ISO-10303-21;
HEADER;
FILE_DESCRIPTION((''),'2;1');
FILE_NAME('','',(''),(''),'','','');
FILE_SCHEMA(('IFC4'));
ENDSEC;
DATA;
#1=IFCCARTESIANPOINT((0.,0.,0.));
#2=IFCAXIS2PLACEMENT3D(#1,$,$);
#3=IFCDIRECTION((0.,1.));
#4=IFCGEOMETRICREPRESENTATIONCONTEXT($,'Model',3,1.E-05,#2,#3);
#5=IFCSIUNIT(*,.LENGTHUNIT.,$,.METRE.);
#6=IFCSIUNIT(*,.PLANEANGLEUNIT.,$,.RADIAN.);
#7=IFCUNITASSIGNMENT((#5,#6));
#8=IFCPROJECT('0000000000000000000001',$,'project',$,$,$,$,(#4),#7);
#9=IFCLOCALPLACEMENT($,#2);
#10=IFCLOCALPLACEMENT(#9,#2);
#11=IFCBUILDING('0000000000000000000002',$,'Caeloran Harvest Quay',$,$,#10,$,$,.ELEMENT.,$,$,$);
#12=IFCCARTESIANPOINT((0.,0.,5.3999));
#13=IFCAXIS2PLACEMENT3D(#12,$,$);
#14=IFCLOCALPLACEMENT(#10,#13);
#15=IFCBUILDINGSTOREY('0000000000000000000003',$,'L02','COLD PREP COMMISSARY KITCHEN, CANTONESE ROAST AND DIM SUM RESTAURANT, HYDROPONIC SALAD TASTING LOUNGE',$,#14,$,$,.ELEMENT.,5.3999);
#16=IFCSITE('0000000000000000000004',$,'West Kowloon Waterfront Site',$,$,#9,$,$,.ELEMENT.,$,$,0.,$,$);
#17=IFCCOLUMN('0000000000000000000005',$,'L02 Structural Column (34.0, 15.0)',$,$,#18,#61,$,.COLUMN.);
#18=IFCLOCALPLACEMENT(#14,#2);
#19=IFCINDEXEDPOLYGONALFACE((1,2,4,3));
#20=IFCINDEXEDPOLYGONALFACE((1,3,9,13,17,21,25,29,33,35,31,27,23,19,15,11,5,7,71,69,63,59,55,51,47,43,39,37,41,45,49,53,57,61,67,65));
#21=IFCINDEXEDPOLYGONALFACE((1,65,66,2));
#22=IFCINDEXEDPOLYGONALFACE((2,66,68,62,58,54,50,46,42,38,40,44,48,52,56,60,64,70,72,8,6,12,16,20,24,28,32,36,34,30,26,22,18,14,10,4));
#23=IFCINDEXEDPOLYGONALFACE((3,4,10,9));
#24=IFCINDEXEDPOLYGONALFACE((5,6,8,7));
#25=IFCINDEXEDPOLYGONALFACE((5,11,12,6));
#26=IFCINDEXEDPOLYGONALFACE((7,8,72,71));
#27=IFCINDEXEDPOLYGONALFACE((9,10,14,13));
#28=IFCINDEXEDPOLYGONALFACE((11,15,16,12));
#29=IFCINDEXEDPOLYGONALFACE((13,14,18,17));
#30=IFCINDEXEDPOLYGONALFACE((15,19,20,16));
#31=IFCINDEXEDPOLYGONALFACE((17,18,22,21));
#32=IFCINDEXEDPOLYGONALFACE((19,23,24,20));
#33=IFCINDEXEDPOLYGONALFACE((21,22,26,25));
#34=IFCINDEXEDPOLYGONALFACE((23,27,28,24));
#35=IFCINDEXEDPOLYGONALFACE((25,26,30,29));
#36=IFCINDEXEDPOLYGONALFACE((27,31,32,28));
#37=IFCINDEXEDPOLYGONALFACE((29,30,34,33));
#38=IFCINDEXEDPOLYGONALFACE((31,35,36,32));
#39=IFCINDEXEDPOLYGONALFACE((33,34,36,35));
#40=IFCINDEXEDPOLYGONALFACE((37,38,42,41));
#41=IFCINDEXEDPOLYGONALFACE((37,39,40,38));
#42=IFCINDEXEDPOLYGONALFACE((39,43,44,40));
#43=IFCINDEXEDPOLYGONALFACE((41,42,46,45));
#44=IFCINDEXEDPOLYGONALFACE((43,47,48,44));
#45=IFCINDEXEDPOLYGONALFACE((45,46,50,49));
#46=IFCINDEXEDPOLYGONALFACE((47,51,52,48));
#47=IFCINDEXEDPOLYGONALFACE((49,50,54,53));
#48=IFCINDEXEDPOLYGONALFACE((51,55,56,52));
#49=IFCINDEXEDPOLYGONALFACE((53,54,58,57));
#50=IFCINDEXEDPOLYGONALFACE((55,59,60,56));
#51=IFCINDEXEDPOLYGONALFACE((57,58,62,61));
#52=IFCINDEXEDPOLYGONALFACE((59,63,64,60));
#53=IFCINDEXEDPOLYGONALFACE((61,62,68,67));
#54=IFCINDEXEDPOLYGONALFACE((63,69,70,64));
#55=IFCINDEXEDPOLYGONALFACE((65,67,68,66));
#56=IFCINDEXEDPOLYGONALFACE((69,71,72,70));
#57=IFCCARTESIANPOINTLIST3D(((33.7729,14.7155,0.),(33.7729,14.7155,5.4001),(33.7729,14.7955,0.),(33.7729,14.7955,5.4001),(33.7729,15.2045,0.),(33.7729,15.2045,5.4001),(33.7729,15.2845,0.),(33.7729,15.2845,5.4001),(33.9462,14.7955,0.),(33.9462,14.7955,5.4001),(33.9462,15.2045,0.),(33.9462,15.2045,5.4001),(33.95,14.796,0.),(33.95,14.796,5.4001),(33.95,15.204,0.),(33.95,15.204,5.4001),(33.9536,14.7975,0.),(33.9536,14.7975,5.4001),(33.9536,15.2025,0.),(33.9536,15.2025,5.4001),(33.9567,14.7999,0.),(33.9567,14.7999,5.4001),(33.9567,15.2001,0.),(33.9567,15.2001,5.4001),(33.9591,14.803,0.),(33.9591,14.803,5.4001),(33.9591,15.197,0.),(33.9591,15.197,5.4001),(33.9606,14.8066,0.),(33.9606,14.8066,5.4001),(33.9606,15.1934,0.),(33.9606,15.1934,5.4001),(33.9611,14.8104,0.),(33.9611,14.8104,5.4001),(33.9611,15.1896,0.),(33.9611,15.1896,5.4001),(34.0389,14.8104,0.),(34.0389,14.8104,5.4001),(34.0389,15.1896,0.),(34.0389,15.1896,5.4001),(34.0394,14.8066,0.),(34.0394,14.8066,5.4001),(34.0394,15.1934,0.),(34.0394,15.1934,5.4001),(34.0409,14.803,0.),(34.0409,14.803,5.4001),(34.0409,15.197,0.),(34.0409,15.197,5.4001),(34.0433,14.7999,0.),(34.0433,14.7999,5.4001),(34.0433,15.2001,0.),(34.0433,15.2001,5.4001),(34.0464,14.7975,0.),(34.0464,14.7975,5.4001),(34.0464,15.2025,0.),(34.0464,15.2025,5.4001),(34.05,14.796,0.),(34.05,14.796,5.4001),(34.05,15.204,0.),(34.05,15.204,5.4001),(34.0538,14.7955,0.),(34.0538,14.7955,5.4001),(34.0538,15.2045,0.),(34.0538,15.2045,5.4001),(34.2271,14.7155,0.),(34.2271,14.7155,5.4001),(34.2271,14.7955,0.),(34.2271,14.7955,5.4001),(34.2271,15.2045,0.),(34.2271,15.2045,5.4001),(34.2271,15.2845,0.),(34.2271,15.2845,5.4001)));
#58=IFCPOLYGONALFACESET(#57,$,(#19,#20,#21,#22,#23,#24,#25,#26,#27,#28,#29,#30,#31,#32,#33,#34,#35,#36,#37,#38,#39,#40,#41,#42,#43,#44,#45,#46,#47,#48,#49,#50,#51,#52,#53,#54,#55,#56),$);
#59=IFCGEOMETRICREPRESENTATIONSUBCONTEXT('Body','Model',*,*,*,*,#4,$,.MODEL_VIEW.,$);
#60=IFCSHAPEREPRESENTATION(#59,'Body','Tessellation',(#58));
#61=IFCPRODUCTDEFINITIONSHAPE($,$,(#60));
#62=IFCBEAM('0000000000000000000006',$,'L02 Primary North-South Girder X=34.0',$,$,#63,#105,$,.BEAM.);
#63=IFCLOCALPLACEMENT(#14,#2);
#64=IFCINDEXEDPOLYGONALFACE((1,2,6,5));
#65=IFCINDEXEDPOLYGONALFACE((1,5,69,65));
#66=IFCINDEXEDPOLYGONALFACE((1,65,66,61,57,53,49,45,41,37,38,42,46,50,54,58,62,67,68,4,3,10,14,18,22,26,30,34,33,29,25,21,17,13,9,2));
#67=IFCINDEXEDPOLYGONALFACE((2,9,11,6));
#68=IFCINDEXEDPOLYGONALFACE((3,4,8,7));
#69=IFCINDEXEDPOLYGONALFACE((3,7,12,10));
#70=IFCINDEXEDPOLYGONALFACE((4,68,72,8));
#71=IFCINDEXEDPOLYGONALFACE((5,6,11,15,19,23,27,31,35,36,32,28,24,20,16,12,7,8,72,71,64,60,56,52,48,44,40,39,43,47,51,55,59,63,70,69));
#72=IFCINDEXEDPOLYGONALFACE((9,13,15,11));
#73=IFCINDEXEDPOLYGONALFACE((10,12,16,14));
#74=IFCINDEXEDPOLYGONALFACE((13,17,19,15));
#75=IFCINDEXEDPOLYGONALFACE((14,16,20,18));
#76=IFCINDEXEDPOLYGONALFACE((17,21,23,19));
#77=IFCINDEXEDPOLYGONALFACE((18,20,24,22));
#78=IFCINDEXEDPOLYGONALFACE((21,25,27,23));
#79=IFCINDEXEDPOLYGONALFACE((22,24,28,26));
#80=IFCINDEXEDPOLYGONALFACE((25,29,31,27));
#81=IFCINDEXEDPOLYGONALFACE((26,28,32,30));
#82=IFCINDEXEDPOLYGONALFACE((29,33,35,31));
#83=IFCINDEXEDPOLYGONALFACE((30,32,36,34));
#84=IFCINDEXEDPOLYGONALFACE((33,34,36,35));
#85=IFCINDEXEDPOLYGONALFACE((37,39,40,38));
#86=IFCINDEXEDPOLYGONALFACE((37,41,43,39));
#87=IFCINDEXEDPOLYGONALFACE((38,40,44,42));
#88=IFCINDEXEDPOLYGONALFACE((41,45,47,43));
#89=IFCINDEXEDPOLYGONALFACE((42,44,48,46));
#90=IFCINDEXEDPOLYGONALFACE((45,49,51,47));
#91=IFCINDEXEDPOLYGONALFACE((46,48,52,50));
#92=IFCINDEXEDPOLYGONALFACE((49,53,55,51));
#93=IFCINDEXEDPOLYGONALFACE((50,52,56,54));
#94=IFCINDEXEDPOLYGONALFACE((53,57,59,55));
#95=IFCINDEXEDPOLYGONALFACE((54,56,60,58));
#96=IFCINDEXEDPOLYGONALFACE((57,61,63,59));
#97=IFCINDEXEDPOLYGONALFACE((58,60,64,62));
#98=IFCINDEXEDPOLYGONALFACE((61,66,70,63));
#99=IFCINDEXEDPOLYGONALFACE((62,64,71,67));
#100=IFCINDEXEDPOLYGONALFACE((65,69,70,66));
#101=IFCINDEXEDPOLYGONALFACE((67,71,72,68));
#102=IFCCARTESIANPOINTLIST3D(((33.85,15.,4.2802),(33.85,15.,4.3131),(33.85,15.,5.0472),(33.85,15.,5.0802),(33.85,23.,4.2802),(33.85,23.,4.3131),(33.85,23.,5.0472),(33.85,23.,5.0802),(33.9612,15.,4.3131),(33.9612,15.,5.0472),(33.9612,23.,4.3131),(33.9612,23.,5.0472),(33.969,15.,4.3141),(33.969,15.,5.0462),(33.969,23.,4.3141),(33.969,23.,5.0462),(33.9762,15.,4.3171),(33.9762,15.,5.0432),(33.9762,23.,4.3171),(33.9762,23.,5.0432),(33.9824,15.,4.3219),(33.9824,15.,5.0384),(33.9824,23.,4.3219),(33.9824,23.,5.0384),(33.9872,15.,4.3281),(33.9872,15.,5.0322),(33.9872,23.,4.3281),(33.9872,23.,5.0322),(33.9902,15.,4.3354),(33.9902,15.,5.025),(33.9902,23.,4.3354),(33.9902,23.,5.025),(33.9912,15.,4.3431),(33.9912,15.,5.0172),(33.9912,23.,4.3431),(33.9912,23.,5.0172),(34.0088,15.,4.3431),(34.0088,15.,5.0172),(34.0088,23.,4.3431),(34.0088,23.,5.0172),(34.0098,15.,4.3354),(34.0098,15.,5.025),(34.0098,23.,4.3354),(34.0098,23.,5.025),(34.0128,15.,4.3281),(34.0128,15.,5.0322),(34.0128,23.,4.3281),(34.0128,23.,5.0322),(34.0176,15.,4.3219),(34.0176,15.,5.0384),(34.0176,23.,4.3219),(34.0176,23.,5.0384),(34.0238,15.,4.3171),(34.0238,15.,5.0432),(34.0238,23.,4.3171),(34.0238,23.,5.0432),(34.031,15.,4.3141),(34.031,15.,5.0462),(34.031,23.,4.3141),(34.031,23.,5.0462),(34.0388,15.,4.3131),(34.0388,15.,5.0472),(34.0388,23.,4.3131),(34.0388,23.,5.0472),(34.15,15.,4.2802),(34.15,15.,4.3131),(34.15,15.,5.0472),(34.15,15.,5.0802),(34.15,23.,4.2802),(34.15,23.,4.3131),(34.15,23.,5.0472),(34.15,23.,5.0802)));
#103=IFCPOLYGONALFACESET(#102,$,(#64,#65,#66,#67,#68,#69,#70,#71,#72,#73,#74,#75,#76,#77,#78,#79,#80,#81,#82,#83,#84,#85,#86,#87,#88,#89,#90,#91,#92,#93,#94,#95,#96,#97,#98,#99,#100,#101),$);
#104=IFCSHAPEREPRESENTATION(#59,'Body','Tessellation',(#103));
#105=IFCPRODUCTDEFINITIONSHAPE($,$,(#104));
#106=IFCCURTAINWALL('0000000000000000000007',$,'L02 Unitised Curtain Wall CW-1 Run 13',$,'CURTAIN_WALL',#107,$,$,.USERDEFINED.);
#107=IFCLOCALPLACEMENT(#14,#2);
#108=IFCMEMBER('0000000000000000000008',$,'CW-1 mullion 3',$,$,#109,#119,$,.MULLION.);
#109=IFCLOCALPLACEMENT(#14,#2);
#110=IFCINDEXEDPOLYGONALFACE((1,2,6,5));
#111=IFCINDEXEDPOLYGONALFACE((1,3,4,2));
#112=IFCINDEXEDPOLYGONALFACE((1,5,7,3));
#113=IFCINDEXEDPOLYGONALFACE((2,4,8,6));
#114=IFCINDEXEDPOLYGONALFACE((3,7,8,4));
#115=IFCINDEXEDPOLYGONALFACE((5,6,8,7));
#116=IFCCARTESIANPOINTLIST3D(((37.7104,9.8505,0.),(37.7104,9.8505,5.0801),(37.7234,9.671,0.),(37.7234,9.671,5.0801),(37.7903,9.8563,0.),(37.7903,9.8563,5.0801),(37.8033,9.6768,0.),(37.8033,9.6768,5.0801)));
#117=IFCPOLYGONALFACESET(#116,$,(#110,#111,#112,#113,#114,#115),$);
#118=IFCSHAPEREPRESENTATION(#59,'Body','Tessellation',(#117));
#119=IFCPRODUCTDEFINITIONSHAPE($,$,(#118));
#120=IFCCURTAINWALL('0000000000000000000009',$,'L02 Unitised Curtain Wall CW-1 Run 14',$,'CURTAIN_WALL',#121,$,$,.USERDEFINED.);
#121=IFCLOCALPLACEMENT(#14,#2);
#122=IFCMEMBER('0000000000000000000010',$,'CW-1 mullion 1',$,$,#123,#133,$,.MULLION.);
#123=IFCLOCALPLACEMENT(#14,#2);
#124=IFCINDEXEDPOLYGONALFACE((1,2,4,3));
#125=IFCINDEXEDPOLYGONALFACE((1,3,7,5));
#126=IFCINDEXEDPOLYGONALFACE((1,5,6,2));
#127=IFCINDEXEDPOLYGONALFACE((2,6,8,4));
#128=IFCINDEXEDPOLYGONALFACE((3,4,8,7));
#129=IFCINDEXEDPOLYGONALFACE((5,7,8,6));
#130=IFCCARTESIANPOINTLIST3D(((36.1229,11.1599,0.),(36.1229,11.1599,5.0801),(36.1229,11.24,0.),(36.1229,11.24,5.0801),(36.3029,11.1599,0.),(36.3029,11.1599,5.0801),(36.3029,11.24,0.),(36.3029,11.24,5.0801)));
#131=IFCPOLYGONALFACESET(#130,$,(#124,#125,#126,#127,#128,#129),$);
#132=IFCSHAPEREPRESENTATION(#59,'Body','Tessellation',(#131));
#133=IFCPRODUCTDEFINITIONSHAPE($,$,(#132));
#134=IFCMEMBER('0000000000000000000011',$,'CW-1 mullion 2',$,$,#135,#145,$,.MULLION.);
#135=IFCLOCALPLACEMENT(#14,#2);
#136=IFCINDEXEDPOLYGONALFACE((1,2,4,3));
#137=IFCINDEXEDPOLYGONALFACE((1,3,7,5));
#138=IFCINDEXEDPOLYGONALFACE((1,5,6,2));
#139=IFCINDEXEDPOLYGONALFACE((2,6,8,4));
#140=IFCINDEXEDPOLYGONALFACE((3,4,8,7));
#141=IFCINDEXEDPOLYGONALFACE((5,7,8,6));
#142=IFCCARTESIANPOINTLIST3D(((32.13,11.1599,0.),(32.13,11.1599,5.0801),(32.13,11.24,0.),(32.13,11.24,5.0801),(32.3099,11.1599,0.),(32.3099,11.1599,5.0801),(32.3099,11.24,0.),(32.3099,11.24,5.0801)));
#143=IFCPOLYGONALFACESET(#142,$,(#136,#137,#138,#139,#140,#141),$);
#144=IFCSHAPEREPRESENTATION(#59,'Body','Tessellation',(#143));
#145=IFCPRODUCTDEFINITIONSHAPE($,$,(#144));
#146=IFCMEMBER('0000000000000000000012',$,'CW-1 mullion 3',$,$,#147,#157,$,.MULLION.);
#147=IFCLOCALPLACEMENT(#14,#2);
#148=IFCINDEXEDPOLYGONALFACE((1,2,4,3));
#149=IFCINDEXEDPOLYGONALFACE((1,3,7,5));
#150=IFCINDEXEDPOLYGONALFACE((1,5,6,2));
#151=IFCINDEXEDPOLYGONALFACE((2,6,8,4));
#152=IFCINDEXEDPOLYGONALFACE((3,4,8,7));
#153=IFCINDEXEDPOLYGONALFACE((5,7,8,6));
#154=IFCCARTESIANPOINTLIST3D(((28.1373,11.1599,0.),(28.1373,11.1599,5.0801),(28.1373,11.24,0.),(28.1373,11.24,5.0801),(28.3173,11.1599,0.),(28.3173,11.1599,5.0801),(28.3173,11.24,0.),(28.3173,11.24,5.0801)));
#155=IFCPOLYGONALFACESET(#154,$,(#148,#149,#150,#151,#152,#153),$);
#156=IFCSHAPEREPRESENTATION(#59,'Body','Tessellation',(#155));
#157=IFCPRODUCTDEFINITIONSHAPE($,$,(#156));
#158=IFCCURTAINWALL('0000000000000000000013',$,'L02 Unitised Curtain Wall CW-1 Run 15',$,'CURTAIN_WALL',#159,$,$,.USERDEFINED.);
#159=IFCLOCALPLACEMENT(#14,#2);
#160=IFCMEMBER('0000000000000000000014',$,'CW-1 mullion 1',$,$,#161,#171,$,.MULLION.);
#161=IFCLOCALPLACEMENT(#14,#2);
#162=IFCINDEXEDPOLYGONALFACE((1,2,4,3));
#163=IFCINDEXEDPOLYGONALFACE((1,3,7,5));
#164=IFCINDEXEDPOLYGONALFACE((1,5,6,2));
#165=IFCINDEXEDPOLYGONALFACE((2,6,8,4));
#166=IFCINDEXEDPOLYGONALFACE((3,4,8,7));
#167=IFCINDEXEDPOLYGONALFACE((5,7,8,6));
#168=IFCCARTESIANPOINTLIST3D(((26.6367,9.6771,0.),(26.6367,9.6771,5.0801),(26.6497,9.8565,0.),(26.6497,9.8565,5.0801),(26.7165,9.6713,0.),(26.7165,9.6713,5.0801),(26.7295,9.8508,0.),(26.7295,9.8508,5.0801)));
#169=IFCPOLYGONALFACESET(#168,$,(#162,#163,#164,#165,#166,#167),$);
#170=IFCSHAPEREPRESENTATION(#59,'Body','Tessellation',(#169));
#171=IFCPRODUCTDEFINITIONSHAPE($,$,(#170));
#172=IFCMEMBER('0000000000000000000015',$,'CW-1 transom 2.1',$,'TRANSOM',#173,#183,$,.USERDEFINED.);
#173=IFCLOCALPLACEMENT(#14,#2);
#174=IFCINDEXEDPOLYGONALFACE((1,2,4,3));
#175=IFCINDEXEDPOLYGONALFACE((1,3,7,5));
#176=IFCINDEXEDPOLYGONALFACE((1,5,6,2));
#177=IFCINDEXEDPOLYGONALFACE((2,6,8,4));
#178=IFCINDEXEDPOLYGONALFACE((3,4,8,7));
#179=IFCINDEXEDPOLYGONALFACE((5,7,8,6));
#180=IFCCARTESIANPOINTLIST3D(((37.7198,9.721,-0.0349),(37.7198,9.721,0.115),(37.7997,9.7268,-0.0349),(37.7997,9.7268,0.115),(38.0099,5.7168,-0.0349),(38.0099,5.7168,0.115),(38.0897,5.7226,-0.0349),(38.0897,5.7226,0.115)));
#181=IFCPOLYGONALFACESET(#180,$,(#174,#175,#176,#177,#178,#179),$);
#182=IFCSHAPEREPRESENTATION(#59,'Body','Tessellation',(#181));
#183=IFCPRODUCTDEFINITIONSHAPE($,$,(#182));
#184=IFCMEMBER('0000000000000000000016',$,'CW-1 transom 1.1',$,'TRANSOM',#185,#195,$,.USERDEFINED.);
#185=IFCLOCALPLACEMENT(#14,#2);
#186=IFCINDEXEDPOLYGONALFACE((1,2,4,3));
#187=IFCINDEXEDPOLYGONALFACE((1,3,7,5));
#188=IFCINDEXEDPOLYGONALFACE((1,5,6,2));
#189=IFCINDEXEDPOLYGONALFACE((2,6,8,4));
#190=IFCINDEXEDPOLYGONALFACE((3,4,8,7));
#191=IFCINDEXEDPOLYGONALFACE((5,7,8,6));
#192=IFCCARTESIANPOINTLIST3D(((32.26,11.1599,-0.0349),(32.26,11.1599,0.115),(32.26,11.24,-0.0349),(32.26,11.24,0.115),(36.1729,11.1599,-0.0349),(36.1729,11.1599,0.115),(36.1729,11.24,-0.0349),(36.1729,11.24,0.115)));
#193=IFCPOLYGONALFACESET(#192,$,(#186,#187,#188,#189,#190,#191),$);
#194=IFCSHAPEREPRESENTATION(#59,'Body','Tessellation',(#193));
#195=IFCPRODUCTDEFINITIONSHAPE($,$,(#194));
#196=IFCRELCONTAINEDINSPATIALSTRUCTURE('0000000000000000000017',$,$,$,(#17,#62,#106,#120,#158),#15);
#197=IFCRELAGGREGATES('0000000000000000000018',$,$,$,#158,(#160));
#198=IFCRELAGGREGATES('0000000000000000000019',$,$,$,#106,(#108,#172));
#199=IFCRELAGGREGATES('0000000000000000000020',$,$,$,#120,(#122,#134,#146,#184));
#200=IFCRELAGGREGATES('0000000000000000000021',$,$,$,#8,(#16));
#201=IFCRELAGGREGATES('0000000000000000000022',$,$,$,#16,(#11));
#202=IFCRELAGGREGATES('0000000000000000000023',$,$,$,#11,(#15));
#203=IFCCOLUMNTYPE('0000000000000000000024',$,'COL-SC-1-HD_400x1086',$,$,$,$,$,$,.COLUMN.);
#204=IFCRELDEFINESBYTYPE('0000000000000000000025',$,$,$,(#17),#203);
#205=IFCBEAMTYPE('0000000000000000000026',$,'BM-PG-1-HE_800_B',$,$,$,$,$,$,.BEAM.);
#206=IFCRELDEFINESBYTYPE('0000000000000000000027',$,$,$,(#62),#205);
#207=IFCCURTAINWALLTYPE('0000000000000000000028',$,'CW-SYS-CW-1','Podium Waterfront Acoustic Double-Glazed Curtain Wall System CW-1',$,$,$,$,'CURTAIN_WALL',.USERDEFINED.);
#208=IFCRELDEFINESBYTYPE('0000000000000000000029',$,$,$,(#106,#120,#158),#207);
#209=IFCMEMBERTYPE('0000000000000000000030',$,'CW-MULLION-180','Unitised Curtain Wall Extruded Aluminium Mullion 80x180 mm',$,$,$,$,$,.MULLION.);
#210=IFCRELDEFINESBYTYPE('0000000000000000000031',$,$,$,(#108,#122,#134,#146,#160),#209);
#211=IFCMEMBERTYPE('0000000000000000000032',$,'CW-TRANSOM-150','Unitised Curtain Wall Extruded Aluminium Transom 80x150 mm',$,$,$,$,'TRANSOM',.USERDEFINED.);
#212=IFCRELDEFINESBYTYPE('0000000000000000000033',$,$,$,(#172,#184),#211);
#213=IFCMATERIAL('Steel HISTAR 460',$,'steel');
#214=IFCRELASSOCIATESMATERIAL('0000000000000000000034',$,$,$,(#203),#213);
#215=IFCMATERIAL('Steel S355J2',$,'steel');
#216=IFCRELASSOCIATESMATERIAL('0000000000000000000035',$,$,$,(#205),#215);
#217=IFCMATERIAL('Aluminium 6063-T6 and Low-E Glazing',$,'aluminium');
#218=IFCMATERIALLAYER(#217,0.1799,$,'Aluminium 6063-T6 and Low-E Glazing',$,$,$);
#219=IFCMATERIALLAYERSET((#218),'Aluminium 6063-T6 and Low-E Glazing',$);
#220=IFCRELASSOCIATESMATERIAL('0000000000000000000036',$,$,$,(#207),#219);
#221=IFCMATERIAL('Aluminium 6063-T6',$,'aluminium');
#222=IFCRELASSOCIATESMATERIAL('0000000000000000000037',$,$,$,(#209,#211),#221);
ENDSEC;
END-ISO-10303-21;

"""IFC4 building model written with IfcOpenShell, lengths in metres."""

from ifc_helpers import new_model, si_unit, direction, frame, origin, origin_2d, place, context, subcontext, project, spatial, rectangle, i_section, extrude, material, layer, layer_set, material_profile, profile_set, type_object, element, aggregate, save


model = new_model("IFC4")

# Units and contexts
model_context = context("Model", 3, precision=1e-05, world=origin(), true_north=direction((0.0, 1.0)))
body_context = subcontext(model_context, "Body", "Model", "MODEL_VIEW")
ifc_project = project(units=[si_unit("LENGTHUNIT", "METRE"), si_unit("PLANEANGLEUNIT", "RADIAN")], contexts=[model_context])

# Site, building, storey
site_placement = place(None, origin())
site = spatial("IfcSite", under=ifc_project, at=site_placement, Name="West Kowloon Waterfront Site", CompositionType="ELEMENT", RefElevation=0.0)
building_placement = place(site_placement, origin())
building = spatial("IfcBuilding", under=site, at=building_placement, Name="Caeloran Harvest Quay", CompositionType="ELEMENT")
storey_placement = place(building_placement, frame((0.0, 0.0, 5.3999)))
storey = spatial("IfcBuildingStorey", under=building, at=storey_placement, Name="L02", Description="COLD PREP COMMISSARY KITCHEN, CANTONESE ROAST AND DIM SUM RESTAURANT, HYDROPONIC SALAD TASTING LOUNGE", CompositionType="ELEMENT", Elevation=5.3999)

# Column
ifc_material_1 = material(Name="Steel HISTAR 460", Category="steel")
ifc_material_profile_1 = material_profile(ifc_material_1, i_section(OverallWidth=0.4541, OverallDepth=0.5691, WebThickness=0.0779, FlangeThickness=0.0801, FilletRadius=0.0149, at=origin_2d()), Name="HD 400x1086")
ifc_profile_set_1 = profile_set([ifc_material_profile_1], Name="Steel HISTAR 460")
column_type = type_object("IfcColumnType", Name="COL-SC-1-HD_400x1086", PredefinedType="COLUMN", material=ifc_profile_set_1)
column_placement = place(storey_placement, frame((34.0, 15.0, 0.0), z_axis=(0.0, 0.0, 1.0), x_axis=(1.0, 0.0, 0.0)))
element("IfcColumn", 1, at=column_placement, inside=storey, type_object=column_type, Name="L02 Structural Column (34.0, 15.0)", PredefinedType="COLUMN", context=body_context, shape_type="SweptSolid", body=[
    extrude(i_section(OverallWidth=0.4541, OverallDepth=0.5691, WebThickness=0.0779, FlangeThickness=0.0801, FilletRadius=0.0149, at=origin_2d()), origin(), (0.0, 0.0, 1.0), 5.4001),
])

# Beam
ifc_material_2 = material(Name="Steel S355J2", Category="steel")
ifc_material_profile_2 = material_profile(ifc_material_2, i_section(OverallWidth=0.3, OverallDepth=0.8, WebThickness=0.0176, FlangeThickness=0.033, FilletRadius=0.03, at=origin_2d()), Name="HE 800 B")
ifc_profile_set_2 = profile_set([ifc_material_profile_2], Name="Steel S355J2")
beam_type = type_object("IfcBeamType", Name="BM-PG-1-HE_800_B", PredefinedType="BEAM", material=ifc_profile_set_2)
beam_placement = place(storey_placement, frame((34.0, 15.0, 4.6802), z_axis=(0.0, 1.0, 0.0), x_axis=(-1.0, 0.0, 0.0)))
element("IfcBeam", 2, at=beam_placement, inside=storey, type_object=beam_type, Name="L02 Primary North-South Girder X=34.0", PredefinedType="BEAM", context=body_context, shape_type="SweptSolid", body=[
    extrude(i_section(OverallWidth=0.3, OverallDepth=0.8, WebThickness=0.0176, FlangeThickness=0.033, FilletRadius=0.03, at=origin_2d()), origin(), (0.0, 0.0, 1.0), 8.0),
])

# Curtain wall, member
ifc_material_3 = material(Name="Aluminium 6063-T6 and Low-E Glazing", Category="aluminium")
ifc_layer_1 = layer(ifc_material_3, 0.1799, Name="Aluminium 6063-T6 and Low-E Glazing")
ifc_layer_set_1 = layer_set([ifc_layer_1], Name="Aluminium 6063-T6 and Low-E Glazing")
curtain_wall_type = type_object("IfcCurtainWallType", Name="CW-SYS-CW-1", Description="Podium Waterfront Acoustic Double-Glazed Curtain Wall System CW-1", ElementType="CURTAIN_WALL", PredefinedType="USERDEFINED", material=ifc_layer_set_1)
curtain_wall_1_placement = place(storey_placement, origin())
curtain_wall_1 = element("IfcCurtainWall", 3, at=curtain_wall_1_placement, inside=storey, type_object=curtain_wall_type, Name="L02 Unitised Curtain Wall CW-1 Run 13", ObjectType="CURTAIN_WALL", PredefinedType="USERDEFINED")
ifc_material_4 = material(Name="Aluminium 6063-T6", Category="aluminium")
ifc_material_profile_3 = material_profile(ifc_material_4, rectangle(XDim=0.0801, YDim=0.1799, at=origin_2d()), Name="CW-MULLION-180")
ifc_profile_set_3 = profile_set([ifc_material_profile_3], Name="Aluminium 6063-T6")
member_type_1 = type_object("IfcMemberType", Name="CW-MULLION-180", Description="Unitised Curtain Wall Extruded Aluminium Mullion 80x180 mm", PredefinedType="MULLION", material=ifc_profile_set_3)
member_1_placement = place(storey_placement, frame((37.7568, 9.7637, 0.0), z_axis=(0.0, 0.0, 1.0), x_axis=(-0.997385, -0.072271, 0.0)))
member_1 = element("IfcMember", 4, at=member_1_placement, type_object=member_type_1, Name="CW-1 mullion 3", PredefinedType="MULLION", context=body_context, shape_type="SweptSolid", body=[
    extrude(rectangle(XDim=0.0801, YDim=0.1799, at=origin_2d()), origin(), (0.0, 0.0, 1.0), 5.0801),
])

# Curtain wall, members
curtain_wall_2_placement = place(storey_placement, origin())
curtain_wall_2 = element("IfcCurtainWall", 5, at=curtain_wall_2_placement, inside=storey, type_object=curtain_wall_type, Name="L02 Unitised Curtain Wall CW-1 Run 14", ObjectType="CURTAIN_WALL", PredefinedType="USERDEFINED")
member_2_placement = place(storey_placement, frame((36.2129, 11.2, 0.0), z_axis=(0.0, 0.0, 1.0), x_axis=(0.0, -1.0, 0.0)))
member_2 = element("IfcMember", 6, at=member_2_placement, type_object=member_type_1, Name="CW-1 mullion 1", PredefinedType="MULLION", context=body_context, shape_type="SweptSolid", body=[
    extrude(rectangle(XDim=0.0801, YDim=0.1799, at=origin_2d()), origin(), (0.0, 0.0, 1.0), 5.0801),
])
member_3_placement = place(storey_placement, frame((32.22, 11.2, 0.0), z_axis=(0.0, 0.0, 1.0), x_axis=(0.0, -1.0, 0.0)))
member_3 = element("IfcMember", 7, at=member_3_placement, type_object=member_type_1, Name="CW-1 mullion 2", PredefinedType="MULLION", context=body_context, shape_type="SweptSolid", body=[
    extrude(rectangle(XDim=0.0801, YDim=0.1799, at=origin_2d()), origin(), (0.0, 0.0, 1.0), 5.0801),
])
member_4_placement = place(storey_placement, frame((28.2273, 11.2, 0.0), z_axis=(0.0, 0.0, 1.0), x_axis=(0.0, -1.0, 0.0)))
member_4 = element("IfcMember", 8, at=member_4_placement, type_object=member_type_1, Name="CW-1 mullion 3", PredefinedType="MULLION", context=body_context, shape_type="SweptSolid", body=[
    extrude(rectangle(XDim=0.0801, YDim=0.1799, at=origin_2d()), origin(), (0.0, 0.0, 1.0), 5.0801),
])

# Curtain wall, member
curtain_wall_3_placement = place(storey_placement, origin())
curtain_wall_3 = element("IfcCurtainWall", 9, at=curtain_wall_3_placement, inside=storey, type_object=curtain_wall_type, Name="L02 Unitised Curtain Wall CW-1 Run 15", ObjectType="CURTAIN_WALL", PredefinedType="USERDEFINED")
member_5_placement = place(storey_placement, frame((26.6831, 9.7639, 0.0), z_axis=(0.0, 0.0, 1.0), x_axis=(0.997385, -0.072271, 0.0)))
member_5 = element("IfcMember", 10, at=member_5_placement, type_object=member_type_1, Name="CW-1 mullion 1", PredefinedType="MULLION", context=body_context, shape_type="SweptSolid", body=[
    extrude(rectangle(XDim=0.0801, YDim=0.1799, at=origin_2d()), origin(), (0.0, 0.0, 1.0), 5.0801),
])

# Members
ifc_material_profile_4 = material_profile(ifc_material_4, rectangle(XDim=0.0801, YDim=0.1499, at=origin_2d()), Name="CW-TRANSOM-150")
ifc_profile_set_4 = profile_set([ifc_material_profile_4], Name="Aluminium 6063-T6")
member_type_2 = type_object("IfcMemberType", Name="CW-TRANSOM-150", Description="Unitised Curtain Wall Extruded Aluminium Transom 80x150 mm", ElementType="TRANSOM", PredefinedType="USERDEFINED", material=ifc_profile_set_4)
member_6_placement = place(storey_placement, frame((38.0498, 5.7197, 0.04), z_axis=(-0.072245, 0.997387, 0.0), x_axis=(-0.997387, -0.072245, 0.0)))
member_6 = element("IfcMember", 11, at=member_6_placement, type_object=member_type_2, Name="CW-1 transom 2.1", ObjectType="TRANSOM", PredefinedType="USERDEFINED", context=body_context, shape_type="SweptSolid", body=[
    extrude(rectangle(XDim=0.0801, YDim=0.1499, at=origin_2d()), origin(), (0.0, 0.0, 1.0), 4.0146),
])
member_7_placement = place(storey_placement, frame((36.1729, 11.2, 0.04), z_axis=(-1.0, 0.0, 0.0), x_axis=(0.0, -1.0, 0.0)))
member_7 = element("IfcMember", 12, at=member_7_placement, type_object=member_type_2, Name="CW-1 transom 1.1", ObjectType="TRANSOM", PredefinedType="USERDEFINED", context=body_context, shape_type="SweptSolid", body=[
    extrude(rectangle(XDim=0.0801, YDim=0.1499, at=origin_2d()), origin(), (0.0, 0.0, 1.0), 3.9128),
])
aggregate(curtain_wall_3, [member_5])

aggregate(curtain_wall_1, [member_1, member_6])
aggregate(curtain_wall_2, [member_2, member_3, member_4, member_7])

save(model, "model.ifc")
